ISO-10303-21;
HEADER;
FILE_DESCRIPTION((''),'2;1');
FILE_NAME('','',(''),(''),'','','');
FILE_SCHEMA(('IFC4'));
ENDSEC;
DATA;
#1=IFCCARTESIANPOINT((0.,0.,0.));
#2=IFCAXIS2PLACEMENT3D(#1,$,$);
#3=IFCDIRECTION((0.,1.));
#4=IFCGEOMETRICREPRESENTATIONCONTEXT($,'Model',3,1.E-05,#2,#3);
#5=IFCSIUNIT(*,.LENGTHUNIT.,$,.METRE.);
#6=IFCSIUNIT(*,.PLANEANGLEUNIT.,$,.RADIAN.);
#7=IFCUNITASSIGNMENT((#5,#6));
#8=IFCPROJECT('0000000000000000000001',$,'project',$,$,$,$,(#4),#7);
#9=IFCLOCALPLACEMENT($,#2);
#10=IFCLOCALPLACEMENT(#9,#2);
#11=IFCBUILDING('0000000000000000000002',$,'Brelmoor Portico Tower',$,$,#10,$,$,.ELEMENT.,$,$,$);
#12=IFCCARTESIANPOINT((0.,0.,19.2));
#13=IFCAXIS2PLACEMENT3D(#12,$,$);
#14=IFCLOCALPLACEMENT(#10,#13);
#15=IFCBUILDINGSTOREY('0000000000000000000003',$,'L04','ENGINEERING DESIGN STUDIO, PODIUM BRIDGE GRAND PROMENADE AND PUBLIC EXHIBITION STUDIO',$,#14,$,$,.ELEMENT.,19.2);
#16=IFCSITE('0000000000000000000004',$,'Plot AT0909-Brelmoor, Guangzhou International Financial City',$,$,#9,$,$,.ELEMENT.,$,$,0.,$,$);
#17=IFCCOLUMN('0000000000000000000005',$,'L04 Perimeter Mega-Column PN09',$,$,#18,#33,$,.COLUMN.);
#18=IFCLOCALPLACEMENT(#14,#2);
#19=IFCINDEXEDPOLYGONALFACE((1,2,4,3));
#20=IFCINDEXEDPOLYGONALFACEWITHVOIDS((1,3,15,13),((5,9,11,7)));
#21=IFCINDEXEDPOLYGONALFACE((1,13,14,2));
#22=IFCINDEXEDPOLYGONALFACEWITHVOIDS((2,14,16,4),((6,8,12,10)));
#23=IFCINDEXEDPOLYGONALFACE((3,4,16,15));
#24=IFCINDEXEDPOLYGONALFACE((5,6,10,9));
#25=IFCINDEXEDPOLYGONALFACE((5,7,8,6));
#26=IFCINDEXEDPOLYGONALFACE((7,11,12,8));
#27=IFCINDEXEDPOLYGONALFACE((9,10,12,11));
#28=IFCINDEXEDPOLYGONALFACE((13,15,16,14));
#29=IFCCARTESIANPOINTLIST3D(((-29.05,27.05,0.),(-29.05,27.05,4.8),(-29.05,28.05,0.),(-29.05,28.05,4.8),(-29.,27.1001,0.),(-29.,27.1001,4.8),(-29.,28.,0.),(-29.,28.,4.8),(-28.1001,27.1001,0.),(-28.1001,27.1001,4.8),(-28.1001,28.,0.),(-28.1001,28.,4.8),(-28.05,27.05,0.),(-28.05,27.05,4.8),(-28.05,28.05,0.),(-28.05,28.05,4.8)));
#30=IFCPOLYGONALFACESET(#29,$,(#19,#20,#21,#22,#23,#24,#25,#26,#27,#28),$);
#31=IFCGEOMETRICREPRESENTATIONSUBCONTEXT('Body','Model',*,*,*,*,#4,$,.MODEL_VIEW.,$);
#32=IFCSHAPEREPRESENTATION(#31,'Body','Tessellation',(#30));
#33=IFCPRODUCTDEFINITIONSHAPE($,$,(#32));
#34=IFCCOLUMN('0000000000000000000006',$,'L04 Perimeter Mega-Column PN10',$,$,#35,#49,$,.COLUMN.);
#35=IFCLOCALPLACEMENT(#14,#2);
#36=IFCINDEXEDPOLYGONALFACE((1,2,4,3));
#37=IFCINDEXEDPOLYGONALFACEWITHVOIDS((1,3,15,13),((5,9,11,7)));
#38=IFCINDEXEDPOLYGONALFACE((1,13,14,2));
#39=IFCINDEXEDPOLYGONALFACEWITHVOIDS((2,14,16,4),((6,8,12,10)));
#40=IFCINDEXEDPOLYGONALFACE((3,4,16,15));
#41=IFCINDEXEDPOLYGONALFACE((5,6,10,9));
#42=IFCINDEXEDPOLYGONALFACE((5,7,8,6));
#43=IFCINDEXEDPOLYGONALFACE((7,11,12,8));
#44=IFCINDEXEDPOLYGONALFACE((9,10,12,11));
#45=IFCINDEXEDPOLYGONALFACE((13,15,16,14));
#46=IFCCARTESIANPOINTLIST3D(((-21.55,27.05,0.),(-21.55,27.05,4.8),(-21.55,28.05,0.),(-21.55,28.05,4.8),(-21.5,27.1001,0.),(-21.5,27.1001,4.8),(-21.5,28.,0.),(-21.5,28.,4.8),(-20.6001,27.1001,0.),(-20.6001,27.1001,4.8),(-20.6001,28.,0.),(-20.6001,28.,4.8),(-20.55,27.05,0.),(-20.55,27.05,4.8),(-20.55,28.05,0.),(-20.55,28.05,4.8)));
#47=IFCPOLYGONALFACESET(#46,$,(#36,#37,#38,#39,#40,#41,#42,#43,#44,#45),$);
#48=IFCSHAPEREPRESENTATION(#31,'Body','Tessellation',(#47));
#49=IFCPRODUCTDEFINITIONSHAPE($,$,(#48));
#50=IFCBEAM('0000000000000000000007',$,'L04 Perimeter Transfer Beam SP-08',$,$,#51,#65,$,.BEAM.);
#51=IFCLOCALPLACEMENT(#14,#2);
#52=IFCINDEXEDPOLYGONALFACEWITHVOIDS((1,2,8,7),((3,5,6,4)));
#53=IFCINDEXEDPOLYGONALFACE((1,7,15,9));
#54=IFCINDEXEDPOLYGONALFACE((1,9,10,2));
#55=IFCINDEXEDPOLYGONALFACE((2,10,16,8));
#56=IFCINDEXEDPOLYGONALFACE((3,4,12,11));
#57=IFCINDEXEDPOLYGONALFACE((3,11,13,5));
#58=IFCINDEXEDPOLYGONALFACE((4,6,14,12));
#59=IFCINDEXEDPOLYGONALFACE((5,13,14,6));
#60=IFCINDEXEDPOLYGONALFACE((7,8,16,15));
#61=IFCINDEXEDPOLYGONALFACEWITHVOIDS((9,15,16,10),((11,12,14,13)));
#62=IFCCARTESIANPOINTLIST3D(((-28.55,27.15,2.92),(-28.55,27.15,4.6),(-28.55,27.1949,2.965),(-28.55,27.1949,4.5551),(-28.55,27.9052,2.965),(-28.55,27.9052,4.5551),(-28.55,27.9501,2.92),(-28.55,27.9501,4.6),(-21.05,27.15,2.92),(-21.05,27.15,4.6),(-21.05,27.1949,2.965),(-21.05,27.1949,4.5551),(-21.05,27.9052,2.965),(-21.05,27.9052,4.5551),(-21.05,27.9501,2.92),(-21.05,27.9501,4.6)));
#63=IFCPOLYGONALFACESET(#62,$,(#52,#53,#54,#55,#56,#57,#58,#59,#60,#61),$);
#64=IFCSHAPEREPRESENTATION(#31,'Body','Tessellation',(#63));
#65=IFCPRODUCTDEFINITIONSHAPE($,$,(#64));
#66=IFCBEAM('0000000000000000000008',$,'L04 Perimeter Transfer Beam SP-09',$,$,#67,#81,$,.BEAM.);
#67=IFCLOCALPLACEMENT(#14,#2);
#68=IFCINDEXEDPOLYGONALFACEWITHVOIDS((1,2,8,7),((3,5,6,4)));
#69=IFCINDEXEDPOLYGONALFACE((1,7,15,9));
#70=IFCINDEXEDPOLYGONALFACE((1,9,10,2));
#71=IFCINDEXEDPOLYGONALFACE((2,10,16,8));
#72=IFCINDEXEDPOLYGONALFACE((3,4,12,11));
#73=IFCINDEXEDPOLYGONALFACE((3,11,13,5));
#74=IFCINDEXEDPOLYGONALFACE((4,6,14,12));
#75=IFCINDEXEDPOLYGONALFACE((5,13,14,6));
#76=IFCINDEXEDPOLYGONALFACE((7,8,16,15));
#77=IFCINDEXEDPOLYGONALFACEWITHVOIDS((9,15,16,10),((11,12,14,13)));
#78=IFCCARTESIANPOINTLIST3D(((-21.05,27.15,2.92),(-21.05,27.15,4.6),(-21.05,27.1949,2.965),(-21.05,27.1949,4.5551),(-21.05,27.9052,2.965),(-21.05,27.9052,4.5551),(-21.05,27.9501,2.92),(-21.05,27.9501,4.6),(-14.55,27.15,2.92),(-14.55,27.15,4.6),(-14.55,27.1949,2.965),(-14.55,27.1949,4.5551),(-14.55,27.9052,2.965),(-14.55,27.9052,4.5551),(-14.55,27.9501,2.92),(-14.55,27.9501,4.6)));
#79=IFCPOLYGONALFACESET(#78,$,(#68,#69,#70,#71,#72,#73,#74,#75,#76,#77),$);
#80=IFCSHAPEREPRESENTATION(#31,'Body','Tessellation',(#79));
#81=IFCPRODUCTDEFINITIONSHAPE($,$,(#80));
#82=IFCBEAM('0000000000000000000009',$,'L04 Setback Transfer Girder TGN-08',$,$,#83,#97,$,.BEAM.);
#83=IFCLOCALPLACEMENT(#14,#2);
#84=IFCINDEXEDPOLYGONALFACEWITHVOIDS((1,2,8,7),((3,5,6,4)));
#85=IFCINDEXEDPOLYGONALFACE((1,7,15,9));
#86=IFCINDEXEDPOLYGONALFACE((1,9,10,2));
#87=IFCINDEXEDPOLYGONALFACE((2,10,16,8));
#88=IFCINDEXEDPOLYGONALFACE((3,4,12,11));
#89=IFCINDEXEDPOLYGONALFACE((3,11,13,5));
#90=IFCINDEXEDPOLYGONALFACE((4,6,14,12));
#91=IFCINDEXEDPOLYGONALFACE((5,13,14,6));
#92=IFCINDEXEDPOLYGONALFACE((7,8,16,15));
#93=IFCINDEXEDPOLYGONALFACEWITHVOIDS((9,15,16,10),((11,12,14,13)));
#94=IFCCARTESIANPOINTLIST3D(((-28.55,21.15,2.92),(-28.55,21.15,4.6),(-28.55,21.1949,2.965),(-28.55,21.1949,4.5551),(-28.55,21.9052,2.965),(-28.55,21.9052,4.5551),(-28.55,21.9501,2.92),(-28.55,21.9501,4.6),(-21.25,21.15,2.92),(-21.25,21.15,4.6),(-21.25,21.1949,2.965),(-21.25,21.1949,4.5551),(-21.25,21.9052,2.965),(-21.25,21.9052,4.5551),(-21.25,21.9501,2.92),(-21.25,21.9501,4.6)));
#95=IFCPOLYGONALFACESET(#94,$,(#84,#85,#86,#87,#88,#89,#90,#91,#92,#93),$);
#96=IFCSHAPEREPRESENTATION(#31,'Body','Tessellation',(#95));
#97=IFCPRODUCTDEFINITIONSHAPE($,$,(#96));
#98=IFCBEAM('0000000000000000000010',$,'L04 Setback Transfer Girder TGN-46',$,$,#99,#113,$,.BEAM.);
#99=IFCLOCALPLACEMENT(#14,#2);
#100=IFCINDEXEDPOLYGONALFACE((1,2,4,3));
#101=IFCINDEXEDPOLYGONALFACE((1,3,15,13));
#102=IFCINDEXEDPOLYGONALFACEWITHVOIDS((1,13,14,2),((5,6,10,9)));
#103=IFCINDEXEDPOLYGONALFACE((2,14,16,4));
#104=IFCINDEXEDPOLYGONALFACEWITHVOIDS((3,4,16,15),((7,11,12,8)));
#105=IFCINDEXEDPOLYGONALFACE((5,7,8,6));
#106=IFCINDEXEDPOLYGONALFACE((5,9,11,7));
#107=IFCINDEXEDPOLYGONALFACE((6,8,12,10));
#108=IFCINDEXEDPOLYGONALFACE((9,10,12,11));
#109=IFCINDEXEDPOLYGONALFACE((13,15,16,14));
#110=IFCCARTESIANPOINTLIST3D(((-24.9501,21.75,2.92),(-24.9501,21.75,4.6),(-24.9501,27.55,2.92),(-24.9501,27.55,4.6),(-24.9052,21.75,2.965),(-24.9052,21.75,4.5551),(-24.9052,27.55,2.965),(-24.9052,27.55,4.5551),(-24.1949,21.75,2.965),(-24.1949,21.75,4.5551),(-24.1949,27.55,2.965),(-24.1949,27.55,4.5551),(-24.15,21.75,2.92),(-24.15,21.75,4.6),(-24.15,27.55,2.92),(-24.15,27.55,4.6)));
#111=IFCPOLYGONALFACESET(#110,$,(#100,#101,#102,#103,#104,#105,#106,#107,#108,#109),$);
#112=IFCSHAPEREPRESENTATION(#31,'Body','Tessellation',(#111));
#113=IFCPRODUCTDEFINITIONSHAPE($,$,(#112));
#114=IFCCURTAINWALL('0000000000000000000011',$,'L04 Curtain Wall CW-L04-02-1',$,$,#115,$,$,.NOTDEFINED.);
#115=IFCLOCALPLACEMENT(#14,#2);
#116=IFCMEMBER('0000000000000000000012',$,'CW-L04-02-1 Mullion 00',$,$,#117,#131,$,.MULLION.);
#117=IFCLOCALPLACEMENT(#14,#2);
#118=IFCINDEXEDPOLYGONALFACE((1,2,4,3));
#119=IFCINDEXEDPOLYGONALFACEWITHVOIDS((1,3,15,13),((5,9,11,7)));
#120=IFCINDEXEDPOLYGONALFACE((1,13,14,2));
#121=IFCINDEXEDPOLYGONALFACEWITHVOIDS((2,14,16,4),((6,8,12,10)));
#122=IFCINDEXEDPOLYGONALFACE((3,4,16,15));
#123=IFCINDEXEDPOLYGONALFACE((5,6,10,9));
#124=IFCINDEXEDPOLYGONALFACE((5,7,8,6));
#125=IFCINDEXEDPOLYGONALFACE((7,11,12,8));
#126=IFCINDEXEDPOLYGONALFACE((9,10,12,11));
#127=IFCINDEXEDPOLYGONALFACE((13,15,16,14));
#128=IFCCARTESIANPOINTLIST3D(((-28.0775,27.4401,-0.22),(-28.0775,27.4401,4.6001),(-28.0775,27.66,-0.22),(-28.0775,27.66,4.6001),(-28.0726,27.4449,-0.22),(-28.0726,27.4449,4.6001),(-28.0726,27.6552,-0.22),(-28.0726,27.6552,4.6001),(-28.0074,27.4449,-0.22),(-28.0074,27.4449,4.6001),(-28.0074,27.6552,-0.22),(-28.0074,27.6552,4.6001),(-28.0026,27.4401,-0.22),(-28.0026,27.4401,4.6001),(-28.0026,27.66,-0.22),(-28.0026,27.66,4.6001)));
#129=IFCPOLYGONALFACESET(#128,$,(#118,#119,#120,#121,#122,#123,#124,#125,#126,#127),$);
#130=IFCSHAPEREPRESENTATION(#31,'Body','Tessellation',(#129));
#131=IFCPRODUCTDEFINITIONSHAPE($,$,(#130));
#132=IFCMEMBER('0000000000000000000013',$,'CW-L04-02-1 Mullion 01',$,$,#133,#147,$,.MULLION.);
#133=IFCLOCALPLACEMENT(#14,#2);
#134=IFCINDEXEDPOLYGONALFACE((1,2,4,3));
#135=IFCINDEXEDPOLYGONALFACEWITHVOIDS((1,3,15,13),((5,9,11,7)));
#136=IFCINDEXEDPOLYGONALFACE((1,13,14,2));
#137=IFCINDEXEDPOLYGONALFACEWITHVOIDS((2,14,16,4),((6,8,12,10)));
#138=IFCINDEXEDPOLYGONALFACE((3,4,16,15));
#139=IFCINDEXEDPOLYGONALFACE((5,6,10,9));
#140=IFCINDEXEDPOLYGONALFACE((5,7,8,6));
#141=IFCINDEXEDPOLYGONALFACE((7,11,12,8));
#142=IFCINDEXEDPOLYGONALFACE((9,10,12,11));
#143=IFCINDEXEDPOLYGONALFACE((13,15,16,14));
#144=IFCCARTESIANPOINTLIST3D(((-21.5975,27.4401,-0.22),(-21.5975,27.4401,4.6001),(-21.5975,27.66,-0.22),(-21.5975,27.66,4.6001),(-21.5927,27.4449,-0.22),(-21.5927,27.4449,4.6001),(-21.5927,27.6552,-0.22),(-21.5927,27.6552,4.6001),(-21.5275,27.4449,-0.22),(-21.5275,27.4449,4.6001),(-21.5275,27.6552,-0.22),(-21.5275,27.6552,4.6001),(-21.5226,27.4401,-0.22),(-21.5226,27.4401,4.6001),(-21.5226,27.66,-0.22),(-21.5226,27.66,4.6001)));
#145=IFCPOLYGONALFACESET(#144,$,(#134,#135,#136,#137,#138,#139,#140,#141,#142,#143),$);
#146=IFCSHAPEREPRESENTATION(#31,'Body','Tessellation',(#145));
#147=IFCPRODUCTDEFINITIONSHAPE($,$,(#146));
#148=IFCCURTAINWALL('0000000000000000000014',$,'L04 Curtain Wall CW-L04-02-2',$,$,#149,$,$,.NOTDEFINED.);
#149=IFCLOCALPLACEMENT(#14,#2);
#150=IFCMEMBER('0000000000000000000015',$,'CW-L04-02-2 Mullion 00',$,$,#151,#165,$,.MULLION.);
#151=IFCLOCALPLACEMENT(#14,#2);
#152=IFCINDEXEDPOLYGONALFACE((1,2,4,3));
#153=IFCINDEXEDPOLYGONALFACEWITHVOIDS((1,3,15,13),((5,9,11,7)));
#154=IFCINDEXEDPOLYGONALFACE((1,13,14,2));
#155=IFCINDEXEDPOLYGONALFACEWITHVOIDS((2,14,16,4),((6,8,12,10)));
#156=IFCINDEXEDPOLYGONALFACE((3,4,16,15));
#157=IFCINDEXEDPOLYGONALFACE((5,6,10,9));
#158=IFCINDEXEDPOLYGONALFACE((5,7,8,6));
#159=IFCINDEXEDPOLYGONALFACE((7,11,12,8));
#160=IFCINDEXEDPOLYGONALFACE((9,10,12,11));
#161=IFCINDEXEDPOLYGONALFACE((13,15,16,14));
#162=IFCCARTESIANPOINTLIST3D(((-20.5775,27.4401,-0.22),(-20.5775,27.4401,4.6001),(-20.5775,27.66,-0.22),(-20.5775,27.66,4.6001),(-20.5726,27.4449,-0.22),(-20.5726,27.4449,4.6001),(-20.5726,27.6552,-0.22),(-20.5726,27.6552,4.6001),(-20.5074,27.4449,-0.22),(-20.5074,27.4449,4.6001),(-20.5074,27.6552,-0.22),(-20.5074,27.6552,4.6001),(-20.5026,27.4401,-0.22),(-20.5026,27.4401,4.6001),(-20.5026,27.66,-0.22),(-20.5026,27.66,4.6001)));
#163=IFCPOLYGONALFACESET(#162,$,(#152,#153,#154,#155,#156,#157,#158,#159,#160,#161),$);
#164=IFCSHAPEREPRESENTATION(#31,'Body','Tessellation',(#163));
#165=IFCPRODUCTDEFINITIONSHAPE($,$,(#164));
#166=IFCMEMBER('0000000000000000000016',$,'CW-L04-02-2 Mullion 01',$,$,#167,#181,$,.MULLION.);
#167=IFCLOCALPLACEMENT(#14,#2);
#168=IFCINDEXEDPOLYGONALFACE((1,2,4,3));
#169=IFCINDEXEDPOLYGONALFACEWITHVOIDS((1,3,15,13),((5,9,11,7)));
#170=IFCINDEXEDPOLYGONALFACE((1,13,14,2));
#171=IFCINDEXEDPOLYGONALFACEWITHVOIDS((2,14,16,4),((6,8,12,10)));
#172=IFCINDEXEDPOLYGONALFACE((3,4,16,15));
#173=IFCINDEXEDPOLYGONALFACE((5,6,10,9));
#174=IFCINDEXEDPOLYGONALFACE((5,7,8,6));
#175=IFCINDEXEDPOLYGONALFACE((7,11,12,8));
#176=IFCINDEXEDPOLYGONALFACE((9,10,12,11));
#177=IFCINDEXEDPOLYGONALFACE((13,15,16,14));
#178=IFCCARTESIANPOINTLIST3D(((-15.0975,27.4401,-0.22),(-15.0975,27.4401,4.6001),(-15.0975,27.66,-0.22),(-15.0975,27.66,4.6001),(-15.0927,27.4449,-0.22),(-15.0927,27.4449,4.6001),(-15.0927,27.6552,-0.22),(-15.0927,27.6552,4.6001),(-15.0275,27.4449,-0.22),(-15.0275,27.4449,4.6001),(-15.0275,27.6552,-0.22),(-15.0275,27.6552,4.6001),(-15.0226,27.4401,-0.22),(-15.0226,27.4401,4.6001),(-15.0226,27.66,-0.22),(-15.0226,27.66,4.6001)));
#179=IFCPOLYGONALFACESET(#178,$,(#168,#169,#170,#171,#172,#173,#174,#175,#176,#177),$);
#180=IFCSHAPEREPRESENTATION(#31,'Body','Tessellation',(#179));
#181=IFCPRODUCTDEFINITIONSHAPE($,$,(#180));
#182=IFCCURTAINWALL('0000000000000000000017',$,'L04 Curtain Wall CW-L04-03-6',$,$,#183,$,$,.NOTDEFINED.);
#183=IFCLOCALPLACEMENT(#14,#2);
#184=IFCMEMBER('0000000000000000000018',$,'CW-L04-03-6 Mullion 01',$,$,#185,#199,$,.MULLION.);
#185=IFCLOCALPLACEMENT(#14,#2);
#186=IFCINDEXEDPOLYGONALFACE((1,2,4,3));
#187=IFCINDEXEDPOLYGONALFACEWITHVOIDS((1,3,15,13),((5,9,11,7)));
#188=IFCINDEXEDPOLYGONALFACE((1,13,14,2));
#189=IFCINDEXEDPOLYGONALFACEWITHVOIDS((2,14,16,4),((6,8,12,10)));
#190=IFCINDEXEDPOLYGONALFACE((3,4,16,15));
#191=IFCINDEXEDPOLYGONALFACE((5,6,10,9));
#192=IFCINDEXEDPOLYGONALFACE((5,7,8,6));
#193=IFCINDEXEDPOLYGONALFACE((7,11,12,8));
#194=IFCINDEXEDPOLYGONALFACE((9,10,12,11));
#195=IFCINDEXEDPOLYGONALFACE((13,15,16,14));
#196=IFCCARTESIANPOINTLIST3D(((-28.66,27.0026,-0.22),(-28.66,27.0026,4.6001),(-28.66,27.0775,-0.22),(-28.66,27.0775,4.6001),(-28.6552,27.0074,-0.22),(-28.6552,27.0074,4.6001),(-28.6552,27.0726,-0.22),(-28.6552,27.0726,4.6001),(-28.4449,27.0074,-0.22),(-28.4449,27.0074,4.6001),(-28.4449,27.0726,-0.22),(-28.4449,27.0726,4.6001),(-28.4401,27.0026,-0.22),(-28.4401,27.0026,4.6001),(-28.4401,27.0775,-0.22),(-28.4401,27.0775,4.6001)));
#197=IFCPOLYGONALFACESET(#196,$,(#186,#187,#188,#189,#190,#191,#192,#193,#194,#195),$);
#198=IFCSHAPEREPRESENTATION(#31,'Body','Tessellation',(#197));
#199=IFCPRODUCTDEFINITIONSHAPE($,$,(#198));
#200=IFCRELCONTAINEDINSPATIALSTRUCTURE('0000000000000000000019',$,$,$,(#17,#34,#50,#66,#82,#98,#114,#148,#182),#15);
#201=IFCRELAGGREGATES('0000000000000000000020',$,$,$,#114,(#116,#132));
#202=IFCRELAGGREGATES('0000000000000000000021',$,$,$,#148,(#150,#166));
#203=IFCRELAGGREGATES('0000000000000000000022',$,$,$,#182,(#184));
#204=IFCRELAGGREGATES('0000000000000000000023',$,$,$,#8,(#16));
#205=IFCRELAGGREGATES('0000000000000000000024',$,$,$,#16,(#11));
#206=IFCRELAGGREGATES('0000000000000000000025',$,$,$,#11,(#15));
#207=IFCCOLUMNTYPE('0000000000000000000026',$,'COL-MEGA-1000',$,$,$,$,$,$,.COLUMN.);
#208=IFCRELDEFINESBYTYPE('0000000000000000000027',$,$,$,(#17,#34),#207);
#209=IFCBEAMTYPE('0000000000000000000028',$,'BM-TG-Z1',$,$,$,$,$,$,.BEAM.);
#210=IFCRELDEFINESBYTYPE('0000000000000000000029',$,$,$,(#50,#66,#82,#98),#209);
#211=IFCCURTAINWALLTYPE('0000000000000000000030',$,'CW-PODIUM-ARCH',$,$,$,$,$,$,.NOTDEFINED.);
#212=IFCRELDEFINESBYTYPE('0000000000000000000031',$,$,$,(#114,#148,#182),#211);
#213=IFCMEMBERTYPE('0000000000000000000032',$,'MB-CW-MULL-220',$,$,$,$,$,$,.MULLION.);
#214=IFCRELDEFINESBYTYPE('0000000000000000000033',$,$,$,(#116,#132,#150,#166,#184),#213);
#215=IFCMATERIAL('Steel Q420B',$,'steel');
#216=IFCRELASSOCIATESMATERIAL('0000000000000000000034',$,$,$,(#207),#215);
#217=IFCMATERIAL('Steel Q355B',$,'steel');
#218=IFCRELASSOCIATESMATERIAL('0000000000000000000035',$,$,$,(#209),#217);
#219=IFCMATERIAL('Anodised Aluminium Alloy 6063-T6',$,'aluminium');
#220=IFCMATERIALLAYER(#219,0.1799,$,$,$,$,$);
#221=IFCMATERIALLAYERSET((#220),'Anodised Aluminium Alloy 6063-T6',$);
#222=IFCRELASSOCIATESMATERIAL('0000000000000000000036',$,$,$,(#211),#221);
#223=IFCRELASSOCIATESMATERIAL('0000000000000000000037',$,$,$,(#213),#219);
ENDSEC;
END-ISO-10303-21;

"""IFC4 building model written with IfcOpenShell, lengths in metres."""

from ifc_helpers import new_model, si_unit, direction, frame, origin, origin_2d, place, context, subcontext, project, spatial, hollow_rectangle, extrude, material, layer, layer_set, material_profile, profile_set, type_object, element, aggregate, save


model = new_model("IFC4")

# Units and contexts
model_context = context("Model", 3, precision=1e-05, world=origin(), true_north=direction((0.0, 1.0)))
body_context = subcontext(model_context, "Body", "Model", "MODEL_VIEW")
ifc_project = project(units=[si_unit("LENGTHUNIT", "METRE"), si_unit("PLANEANGLEUNIT", "RADIAN")], contexts=[model_context])

# Site, building, storey
site_placement = place(None, origin())
site = spatial("IfcSite", under=ifc_project, at=site_placement, Name="Plot AT0909-Brelmoor, Guangzhou International Financial City", CompositionType="ELEMENT", RefElevation=0.0)
building_placement = place(site_placement, origin())
building = spatial("IfcBuilding", under=site, at=building_placement, Name="Brelmoor Portico Tower", CompositionType="ELEMENT")
storey_placement = place(building_placement, frame((0.0, 0.0, 19.2)))
storey = spatial("IfcBuildingStorey", under=building, at=storey_placement, Name="L04", Description="ENGINEERING DESIGN STUDIO, PODIUM BRIDGE GRAND PROMENADE AND PUBLIC EXHIBITION STUDIO", CompositionType="ELEMENT", Elevation=19.2)

# Columns
ifc_material_1 = material(Name="Steel Q420B", Category="steel")
ifc_material_profile_1 = material_profile(ifc_material_1, hollow_rectangle(XDim=1.0, YDim=1.0, WallThickness=0.05, at=origin_2d()), Name="BOX 1000x1000x50")
ifc_profile_set_1 = profile_set([ifc_material_profile_1], Name="Steel Q420B")
column_type = type_object("IfcColumnType", Name="COL-MEGA-1000", PredefinedType="COLUMN", material=ifc_profile_set_1)
for number, where, z_axis, x_axis, name in (
    (1, (-28.55, 27.55, 0.0), (0.0, 0.0, 1.0), (1.0, 0.0, 0.0), "L04 Perimeter Mega-Column PN09"),
    (2, (-21.05, 27.55, 0.0), (0.0, 0.0, 1.0), (1.0, 0.0, 0.0), "L04 Perimeter Mega-Column PN10"),
):
    element("IfcColumn", number, at=place(storey_placement, frame(where, z_axis=z_axis, x_axis=x_axis)), inside=storey, type_object=column_type, Name=name, PredefinedType="COLUMN", context=body_context, shape_type="SweptSolid", body=[
        extrude(hollow_rectangle(XDim=1.0, YDim=1.0, WallThickness=0.05, at=origin_2d()), origin(), (0.0, 0.0, 1.0), 4.8),
    ])

# Beams
ifc_material_2 = material(Name="Steel Q355B", Category="steel")
ifc_material_profile_2 = material_profile(ifc_material_2, hollow_rectangle(XDim=0.8, YDim=1.6799, WallThickness=0.0449, at=origin_2d()), Name="BOX 800x1680x45")
ifc_profile_set_2 = profile_set([ifc_material_profile_2], Name="Steel Q355B")
beam_type = type_object("IfcBeamType", Name="BM-TG-Z1", PredefinedType="BEAM", material=ifc_profile_set_2)
beam_1_placement = place(storey_placement, frame((-28.55, 27.55, 3.76), z_axis=(1.0, 0.0, 0.0), x_axis=(0.0, 1.0, 0.0)))
element("IfcBeam", 3, at=beam_1_placement, inside=storey, type_object=beam_type, Name="L04 Perimeter Transfer Beam SP-08", PredefinedType="BEAM", context=body_context, shape_type="SweptSolid", body=[
    extrude(hollow_rectangle(XDim=0.8, YDim=1.6799, WallThickness=0.0449, at=origin_2d()), origin(), (0.0, 0.0, 1.0), 7.5),
])
beam_2_placement = place(storey_placement, frame((-21.05, 27.55, 3.76), z_axis=(1.0, 0.0, 0.0), x_axis=(0.0, 1.0, 0.0)))
element("IfcBeam", 4, at=beam_2_placement, inside=storey, type_object=beam_type, Name="L04 Perimeter Transfer Beam SP-09", PredefinedType="BEAM", context=body_context, shape_type="SweptSolid", body=[
    extrude(hollow_rectangle(XDim=0.8, YDim=1.6799, WallThickness=0.0449, at=origin_2d()), origin(), (0.0, 0.0, 1.0), 6.5),
])
beam_3_placement = place(storey_placement, frame((-28.55, 21.55, 3.76), z_axis=(1.0, 0.0, 0.0), x_axis=(0.0, 1.0, 0.0)))
element("IfcBeam", 5, at=beam_3_placement, inside=storey, type_object=beam_type, Name="L04 Setback Transfer Girder TGN-08", PredefinedType="BEAM", context=body_context, shape_type="SweptSolid", body=[
    extrude(hollow_rectangle(XDim=0.8, YDim=1.6799, WallThickness=0.0449, at=origin_2d()), origin(), (0.0, 0.0, 1.0), 7.3),
])
beam_4_placement = place(storey_placement, frame((-24.55, 21.75, 3.76), z_axis=(0.0, 1.0, 0.0), x_axis=(-1.0, 0.0, 0.0)))
element("IfcBeam", 6, at=beam_4_placement, inside=storey, type_object=beam_type, Name="L04 Setback Transfer Girder TGN-46", PredefinedType="BEAM", context=body_context, shape_type="SweptSolid", body=[
    extrude(hollow_rectangle(XDim=0.8, YDim=1.6799, WallThickness=0.0449, at=origin_2d()), origin(), (0.0, 0.0, 1.0), 5.8),
])

# Curtain walls, members
ifc_material_3 = material(Name="Anodised Aluminium Alloy 6063-T6", Category="aluminium")
ifc_layer_1 = layer(ifc_material_3, 0.1799)
ifc_layer_set_1 = layer_set([ifc_layer_1], Name="Anodised Aluminium Alloy 6063-T6")
curtain_wall_type = type_object("IfcCurtainWallType", Name="CW-PODIUM-ARCH", PredefinedType="NOTDEFINED", material=ifc_layer_set_1)
curtain_wall_1_placement = place(storey_placement, origin())
curtain_wall_1 = element("IfcCurtainWall", 7, at=curtain_wall_1_placement, inside=storey, type_object=curtain_wall_type, Name="L04 Curtain Wall CW-L04-02-1", PredefinedType="NOTDEFINED")
ifc_material_profile_3 = material_profile(ifc_material_3, hollow_rectangle(XDim=0.075, YDim=0.22, WallThickness=0.0049, at=origin_2d()), Name="ALU MULLION 75x220")
ifc_profile_set_3 = profile_set([ifc_material_profile_3], Name="Anodised Aluminium Alloy 6063-T6")
member_type_1 = type_object("IfcMemberType", Name="MB-CW-MULL-220", PredefinedType="MULLION", material=ifc_profile_set_3)
member_1_placement = place(storey_placement, frame((-28.04, 27.55, -0.22), z_axis=(0.0, 0.0, 1.0), x_axis=(1.0, 0.0, 0.0)))
member_1 = element("IfcMember", 8, at=member_1_placement, type_object=member_type_1, Name="CW-L04-02-1 Mullion 00", PredefinedType="MULLION", context=body_context, shape_type="SweptSolid", body=[
    extrude(hollow_rectangle(XDim=0.075, YDim=0.22, WallThickness=0.0049, at=origin_2d()), origin(), (0.0, 0.0, 1.0), 4.8201),
])
member_2_placement = place(storey_placement, frame((-21.5601, 27.55, -0.22), z_axis=(0.0, 0.0, 1.0), x_axis=(1.0, 0.0, 0.0)))
member_2 = element("IfcMember", 9, at=member_2_placement, type_object=member_type_1, Name="CW-L04-02-1 Mullion 01", PredefinedType="MULLION", context=body_context, shape_type="SweptSolid", body=[
    extrude(hollow_rectangle(XDim=0.075, YDim=0.22, WallThickness=0.0049, at=origin_2d()), origin(), (0.0, 0.0, 1.0), 4.8201),
])
curtain_wall_2_placement = place(storey_placement, origin())
curtain_wall_2 = element("IfcCurtainWall", 10, at=curtain_wall_2_placement, inside=storey, type_object=curtain_wall_type, Name="L04 Curtain Wall CW-L04-02-2", PredefinedType="NOTDEFINED")
member_3_placement = place(storey_placement, frame((-20.54, 27.55, -0.22), z_axis=(0.0, 0.0, 1.0), x_axis=(1.0, 0.0, 0.0)))
member_3 = element("IfcMember", 11, at=member_3_placement, type_object=member_type_1, Name="CW-L04-02-2 Mullion 00", PredefinedType="MULLION", context=body_context, shape_type="SweptSolid", body=[
    extrude(hollow_rectangle(XDim=0.075, YDim=0.22, WallThickness=0.0049, at=origin_2d()), origin(), (0.0, 0.0, 1.0), 4.8201),
])
member_4_placement = place(storey_placement, frame((-15.0601, 27.55, -0.22), z_axis=(0.0, 0.0, 1.0), x_axis=(1.0, 0.0, 0.0)))
member_4 = element("IfcMember", 12, at=member_4_placement, type_object=member_type_1, Name="CW-L04-02-2 Mullion 01", PredefinedType="MULLION", context=body_context, shape_type="SweptSolid", body=[
    extrude(hollow_rectangle(XDim=0.075, YDim=0.22, WallThickness=0.0049, at=origin_2d()), origin(), (0.0, 0.0, 1.0), 4.8201),
])

# Curtain wall, member
curtain_wall_3_placement = place(storey_placement, origin())
curtain_wall_3 = element("IfcCurtainWall", 13, at=curtain_wall_3_placement, inside=storey, type_object=curtain_wall_type, Name="L04 Curtain Wall CW-L04-03-6", PredefinedType="NOTDEFINED")
member_5_placement = place(storey_placement, frame((-28.55, 27.04, -0.22), z_axis=(0.0, 0.0, 1.0), x_axis=(0.0, 1.0, 0.0)))
member_5 = element("IfcMember", 14, at=member_5_placement, type_object=member_type_1, Name="CW-L04-03-6 Mullion 01", PredefinedType="MULLION", context=body_context, shape_type="SweptSolid", body=[
    extrude(hollow_rectangle(XDim=0.075, YDim=0.22, WallThickness=0.0049, at=origin_2d()), origin(), (0.0, 0.0, 1.0), 4.8201),
])

aggregate(curtain_wall_1, [member_1, member_2])
aggregate(curtain_wall_2, [member_3, member_4])
aggregate(curtain_wall_3, [member_5])

save(model, "model.ifc")
